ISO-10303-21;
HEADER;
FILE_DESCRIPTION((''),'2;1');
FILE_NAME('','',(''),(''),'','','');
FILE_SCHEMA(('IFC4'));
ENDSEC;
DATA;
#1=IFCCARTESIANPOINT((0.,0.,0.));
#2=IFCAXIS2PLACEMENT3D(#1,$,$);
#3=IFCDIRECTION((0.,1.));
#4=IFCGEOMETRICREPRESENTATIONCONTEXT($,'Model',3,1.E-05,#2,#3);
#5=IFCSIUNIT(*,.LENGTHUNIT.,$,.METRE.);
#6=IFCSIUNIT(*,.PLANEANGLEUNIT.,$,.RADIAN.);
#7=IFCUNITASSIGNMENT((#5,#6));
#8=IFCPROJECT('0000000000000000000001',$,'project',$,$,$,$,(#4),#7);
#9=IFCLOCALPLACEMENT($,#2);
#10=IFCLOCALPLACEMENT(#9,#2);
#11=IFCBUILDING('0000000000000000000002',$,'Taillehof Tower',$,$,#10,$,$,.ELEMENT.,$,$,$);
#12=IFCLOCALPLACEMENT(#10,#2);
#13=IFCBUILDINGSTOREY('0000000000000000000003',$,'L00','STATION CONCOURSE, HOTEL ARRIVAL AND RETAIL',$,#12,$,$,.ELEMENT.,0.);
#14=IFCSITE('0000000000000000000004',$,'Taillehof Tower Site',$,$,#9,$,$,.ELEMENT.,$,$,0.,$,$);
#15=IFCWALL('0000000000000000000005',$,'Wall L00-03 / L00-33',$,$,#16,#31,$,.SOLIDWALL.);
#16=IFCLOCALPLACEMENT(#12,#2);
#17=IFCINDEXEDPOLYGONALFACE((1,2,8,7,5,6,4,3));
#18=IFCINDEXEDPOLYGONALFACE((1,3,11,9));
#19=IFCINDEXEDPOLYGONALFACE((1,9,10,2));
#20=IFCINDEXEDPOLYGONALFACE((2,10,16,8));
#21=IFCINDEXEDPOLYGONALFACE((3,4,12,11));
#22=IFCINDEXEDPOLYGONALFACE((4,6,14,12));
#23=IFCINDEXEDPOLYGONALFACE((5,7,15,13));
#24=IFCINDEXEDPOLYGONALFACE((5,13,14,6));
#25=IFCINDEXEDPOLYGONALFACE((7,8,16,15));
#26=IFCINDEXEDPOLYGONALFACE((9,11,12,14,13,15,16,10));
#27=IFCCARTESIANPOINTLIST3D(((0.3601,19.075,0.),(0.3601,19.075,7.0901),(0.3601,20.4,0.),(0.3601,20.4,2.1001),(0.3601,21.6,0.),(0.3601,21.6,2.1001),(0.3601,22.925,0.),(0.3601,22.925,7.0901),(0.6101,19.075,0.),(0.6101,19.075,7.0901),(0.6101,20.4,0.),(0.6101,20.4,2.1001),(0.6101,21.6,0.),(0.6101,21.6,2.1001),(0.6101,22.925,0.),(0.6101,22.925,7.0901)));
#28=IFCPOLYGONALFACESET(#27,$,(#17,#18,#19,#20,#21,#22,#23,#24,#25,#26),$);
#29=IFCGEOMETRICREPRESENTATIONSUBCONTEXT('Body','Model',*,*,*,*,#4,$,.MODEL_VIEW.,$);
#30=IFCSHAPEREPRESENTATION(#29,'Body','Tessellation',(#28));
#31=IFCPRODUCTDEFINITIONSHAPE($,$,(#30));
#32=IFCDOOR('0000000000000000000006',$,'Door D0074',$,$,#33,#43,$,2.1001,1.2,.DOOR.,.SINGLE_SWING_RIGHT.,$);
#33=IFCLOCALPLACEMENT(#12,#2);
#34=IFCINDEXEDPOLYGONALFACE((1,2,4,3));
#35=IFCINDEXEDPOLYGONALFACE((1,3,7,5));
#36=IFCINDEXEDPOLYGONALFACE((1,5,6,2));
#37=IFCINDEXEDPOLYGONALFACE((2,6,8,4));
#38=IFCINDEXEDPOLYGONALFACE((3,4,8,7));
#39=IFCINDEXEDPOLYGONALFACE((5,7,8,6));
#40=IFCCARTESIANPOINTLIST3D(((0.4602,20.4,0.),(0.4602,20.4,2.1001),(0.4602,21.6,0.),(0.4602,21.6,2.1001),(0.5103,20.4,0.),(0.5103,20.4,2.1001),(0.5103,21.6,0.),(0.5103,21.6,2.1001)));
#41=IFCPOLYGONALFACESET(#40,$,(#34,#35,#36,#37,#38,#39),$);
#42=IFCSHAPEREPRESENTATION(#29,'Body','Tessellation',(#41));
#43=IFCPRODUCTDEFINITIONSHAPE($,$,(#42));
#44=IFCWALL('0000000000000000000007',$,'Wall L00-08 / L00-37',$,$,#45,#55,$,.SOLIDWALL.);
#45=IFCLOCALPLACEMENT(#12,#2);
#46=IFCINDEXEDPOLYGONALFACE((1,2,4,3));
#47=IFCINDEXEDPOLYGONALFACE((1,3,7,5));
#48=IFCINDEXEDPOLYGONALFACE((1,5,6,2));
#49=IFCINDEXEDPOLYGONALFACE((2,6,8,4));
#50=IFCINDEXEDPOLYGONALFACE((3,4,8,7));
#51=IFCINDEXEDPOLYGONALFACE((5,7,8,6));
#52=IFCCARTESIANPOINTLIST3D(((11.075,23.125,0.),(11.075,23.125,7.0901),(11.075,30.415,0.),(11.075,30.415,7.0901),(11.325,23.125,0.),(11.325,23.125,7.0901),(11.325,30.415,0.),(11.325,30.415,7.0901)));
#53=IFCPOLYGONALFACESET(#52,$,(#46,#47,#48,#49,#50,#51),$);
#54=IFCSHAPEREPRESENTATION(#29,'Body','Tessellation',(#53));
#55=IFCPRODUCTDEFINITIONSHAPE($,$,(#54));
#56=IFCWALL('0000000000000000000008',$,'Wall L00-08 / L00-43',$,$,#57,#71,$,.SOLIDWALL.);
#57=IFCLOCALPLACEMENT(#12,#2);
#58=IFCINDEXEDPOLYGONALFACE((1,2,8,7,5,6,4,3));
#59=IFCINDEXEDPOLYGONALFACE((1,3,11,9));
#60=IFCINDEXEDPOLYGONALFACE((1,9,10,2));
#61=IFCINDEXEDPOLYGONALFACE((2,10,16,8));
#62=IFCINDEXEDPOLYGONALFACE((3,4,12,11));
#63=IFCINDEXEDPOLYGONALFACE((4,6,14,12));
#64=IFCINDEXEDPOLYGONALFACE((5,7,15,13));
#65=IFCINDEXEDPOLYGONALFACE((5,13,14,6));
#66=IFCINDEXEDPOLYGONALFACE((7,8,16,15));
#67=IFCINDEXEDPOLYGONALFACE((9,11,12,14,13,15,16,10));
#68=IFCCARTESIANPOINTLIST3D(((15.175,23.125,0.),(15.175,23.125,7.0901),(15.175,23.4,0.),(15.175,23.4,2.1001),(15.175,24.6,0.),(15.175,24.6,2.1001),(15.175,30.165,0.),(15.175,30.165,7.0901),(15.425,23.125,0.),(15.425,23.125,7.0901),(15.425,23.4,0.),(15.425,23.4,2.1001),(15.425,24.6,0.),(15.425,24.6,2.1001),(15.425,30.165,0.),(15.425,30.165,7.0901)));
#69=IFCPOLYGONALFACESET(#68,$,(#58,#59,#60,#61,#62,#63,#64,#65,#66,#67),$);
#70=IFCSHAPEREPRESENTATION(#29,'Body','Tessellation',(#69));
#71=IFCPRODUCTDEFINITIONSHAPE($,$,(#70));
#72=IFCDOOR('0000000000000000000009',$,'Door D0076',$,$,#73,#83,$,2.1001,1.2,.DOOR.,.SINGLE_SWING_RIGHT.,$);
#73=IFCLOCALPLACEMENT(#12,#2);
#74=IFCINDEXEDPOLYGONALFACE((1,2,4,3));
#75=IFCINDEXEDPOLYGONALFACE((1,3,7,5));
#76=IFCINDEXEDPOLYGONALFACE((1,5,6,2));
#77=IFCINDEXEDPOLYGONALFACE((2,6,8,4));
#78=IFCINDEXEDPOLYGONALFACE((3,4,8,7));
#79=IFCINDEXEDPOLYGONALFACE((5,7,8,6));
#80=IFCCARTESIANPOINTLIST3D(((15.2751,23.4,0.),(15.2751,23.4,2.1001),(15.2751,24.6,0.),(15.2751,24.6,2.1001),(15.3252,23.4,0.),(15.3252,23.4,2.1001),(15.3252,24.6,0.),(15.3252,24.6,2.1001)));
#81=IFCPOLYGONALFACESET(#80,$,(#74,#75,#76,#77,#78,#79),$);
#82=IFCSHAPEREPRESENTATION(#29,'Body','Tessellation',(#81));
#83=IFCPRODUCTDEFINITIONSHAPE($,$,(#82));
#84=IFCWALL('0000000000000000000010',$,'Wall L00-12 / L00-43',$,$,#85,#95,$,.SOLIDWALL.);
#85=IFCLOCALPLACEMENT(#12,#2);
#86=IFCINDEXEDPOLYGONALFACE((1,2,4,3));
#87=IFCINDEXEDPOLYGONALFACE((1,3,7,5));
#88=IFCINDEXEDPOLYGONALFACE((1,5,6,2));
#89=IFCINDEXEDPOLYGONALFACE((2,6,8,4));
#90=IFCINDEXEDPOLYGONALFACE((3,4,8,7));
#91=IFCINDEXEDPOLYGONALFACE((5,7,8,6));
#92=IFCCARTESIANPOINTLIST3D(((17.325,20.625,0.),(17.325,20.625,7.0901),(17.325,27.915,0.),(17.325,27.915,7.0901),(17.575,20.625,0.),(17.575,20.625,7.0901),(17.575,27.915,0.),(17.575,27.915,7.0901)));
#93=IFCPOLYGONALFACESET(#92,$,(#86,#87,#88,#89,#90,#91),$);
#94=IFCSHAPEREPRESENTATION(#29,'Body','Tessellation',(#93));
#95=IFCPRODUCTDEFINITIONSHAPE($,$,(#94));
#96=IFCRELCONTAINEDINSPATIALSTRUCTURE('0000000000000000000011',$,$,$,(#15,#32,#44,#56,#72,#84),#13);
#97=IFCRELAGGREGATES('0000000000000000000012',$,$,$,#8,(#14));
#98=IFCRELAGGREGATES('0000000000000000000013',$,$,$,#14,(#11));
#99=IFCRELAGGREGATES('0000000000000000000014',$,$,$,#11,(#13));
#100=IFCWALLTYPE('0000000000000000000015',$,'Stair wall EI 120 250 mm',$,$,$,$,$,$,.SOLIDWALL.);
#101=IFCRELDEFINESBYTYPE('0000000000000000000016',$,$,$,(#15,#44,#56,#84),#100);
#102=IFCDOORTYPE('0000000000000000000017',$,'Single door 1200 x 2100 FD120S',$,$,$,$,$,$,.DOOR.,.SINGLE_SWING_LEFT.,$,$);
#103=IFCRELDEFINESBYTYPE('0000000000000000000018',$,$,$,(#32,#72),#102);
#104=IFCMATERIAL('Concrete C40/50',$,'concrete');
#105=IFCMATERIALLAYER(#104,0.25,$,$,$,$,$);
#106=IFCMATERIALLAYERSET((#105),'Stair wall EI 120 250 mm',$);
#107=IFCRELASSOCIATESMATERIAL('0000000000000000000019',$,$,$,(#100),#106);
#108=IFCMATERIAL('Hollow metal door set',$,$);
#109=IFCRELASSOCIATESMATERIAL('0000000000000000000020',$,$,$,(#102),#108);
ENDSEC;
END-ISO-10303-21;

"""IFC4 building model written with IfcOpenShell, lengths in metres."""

from ifc_helpers import new_model, si_unit, direction, frame, frame_2d, origin, place, context, subcontext, project, spatial, rectangle, extrude, material, layer, layer_set, type_object, element, fill, save


model = new_model("IFC4")

# Units and contexts
model_context = context("Model", 3, precision=1e-05, world=origin(), true_north=direction((0.0, 1.0)))
body_context = subcontext(model_context, "Body", "Model", "MODEL_VIEW")
ifc_project = project(units=[si_unit("LENGTHUNIT", "METRE"), si_unit("PLANEANGLEUNIT", "RADIAN")], contexts=[model_context])

# Site, building, storey
site_placement = place(None, origin())
site = spatial("IfcSite", under=ifc_project, at=site_placement, Name="Taillehof Tower Site", CompositionType="ELEMENT", RefElevation=0.0)
building_placement = place(site_placement, origin())
building = spatial("IfcBuilding", under=site, at=building_placement, Name="Taillehof Tower", CompositionType="ELEMENT")
storey_placement = place(building_placement, origin())
storey = spatial("IfcBuildingStorey", under=building, at=storey_placement, Name="L00", Description="STATION CONCOURSE, HOTEL ARRIVAL AND RETAIL", CompositionType="ELEMENT", Elevation=0.0)

# Shared definitions
ifc_material_1 = material(Name="Concrete C40/50", Category="concrete")
ifc_layer_1 = layer(ifc_material_1, 0.25)
ifc_layer_set_1 = layer_set([ifc_layer_1], Name="Stair wall EI 120 250 mm")
wall_type_1 = type_object("IfcWallType", Name="Stair wall EI 120 250 mm", PredefinedType="SOLIDWALL", material=ifc_layer_set_1)
ifc_material_2 = material(Name="Hollow metal door set")
door_type = type_object("IfcDoorType", Name="Single door 1200 x 2100 FD120S", OperationType="SINGLE_SWING_LEFT", PredefinedType="DOOR", material=ifc_material_2)

# Wall, opening, door
wall_1_placement = place(storey_placement, frame((0.4851, 19.075, 0.0), z_axis=(0.0, 0.0, 1.0), x_axis=(0.0, 1.0, 0.0)))
wall_1 = element("IfcWall", 1, at=wall_1_placement, inside=storey, type_object=wall_type_1, Name="Wall L00-03 / L00-33", PredefinedType="SOLIDWALL", context=body_context, shape_type="SweptSolid", body=[
    extrude(rectangle(XDim=3.8501, YDim=0.25, at=frame_2d((1.925, 0.0))), origin(), (0.0, 0.0, 1.0), 7.0901),
])
opening_1_placement = place(wall_1_placement, frame((1.325, 0.0, 0.0)))
opening_1 = element("IfcOpeningElement", 2, at=opening_1_placement, cuts=wall_1, PredefinedType="OPENING", context=body_context, shape_type="SweptSolid", body=[
    extrude(rectangle(XDim=1.2, YDim=2.1001, at=frame_2d((0.6001, 1.05))), frame((0.0, 0.135, 0.0), z_axis=(0.0, -1.0, 0.0), x_axis=(1.0, 0.0, 0.0)), (0.0, 0.0, 1.0), 0.27),
])
door_1_placement = place(opening_1_placement, origin())
door_1 = element("IfcDoor", 3, at=door_1_placement, inside=storey, type_object=door_type, Name="Door D0074", OperationType="SINGLE_SWING_RIGHT", OverallHeight=2.1001, OverallWidth=1.2, PredefinedType="DOOR", context=body_context, shape_type="SweptSolid", body=[
    extrude(rectangle(XDim=1.2, YDim=2.1001, at=frame_2d((0.6001, 1.05))), frame((0.0, 0.0249, 0.0), z_axis=(0.0, -1.0, 0.0), x_axis=(1.0, 0.0, 0.0)), (0.0, 0.0, 1.0), 0.05),
])
fill(opening_1, door_1)

# Wall
wall_2_placement = place(storey_placement, frame((11.2, 23.125, 0.0), z_axis=(0.0, 0.0, 1.0), x_axis=(0.0, 1.0, 0.0)))
element("IfcWall", 4, at=wall_2_placement, inside=storey, type_object=wall_type_1, Name="Wall L00-08 / L00-37", PredefinedType="SOLIDWALL", context=body_context, shape_type="SweptSolid", body=[
    extrude(rectangle(XDim=7.29, YDim=0.25, at=frame_2d((3.645, 0.0))), origin(), (0.0, 0.0, 1.0), 7.0901),
])

# Wall, opening, door
wall_3_placement = place(storey_placement, frame((15.3, 23.125, 0.0), z_axis=(0.0, 0.0, 1.0), x_axis=(0.0, 1.0, 0.0)))
wall_3 = element("IfcWall", 5, at=wall_3_placement, inside=storey, type_object=wall_type_1, Name="Wall L00-08 / L00-43", PredefinedType="SOLIDWALL", context=body_context, shape_type="SweptSolid", body=[
    extrude(rectangle(XDim=7.04, YDim=0.25, at=frame_2d((3.52, 0.0))), origin(), (0.0, 0.0, 1.0), 7.0901),
])
opening_2_placement = place(wall_3_placement, frame((0.2749, 0.0, 0.0)))
opening_2 = element("IfcOpeningElement", 6, at=opening_2_placement, cuts=wall_3, PredefinedType="OPENING", context=body_context, shape_type="SweptSolid", body=[
    extrude(rectangle(XDim=1.2, YDim=2.1001, at=frame_2d((0.6001, 1.05))), frame((0.0, 0.135, 0.0), z_axis=(0.0, -1.0, 0.0), x_axis=(1.0, 0.0, 0.0)), (0.0, 0.0, 1.0), 0.27),
])
door_2_placement = place(opening_2_placement, origin())
door_2 = element("IfcDoor", 7, at=door_2_placement, inside=storey, type_object=door_type, Name="Door D0076", OperationType="SINGLE_SWING_RIGHT", OverallHeight=2.1001, OverallWidth=1.2, PredefinedType="DOOR", context=body_context, shape_type="SweptSolid", body=[
    extrude(rectangle(XDim=1.2, YDim=2.1001, at=frame_2d((0.6001, 1.05))), frame((0.0, 0.0249, 0.0), z_axis=(0.0, -1.0, 0.0), x_axis=(1.0, 0.0, 0.0)), (0.0, 0.0, 1.0), 0.05),
])
fill(opening_2, door_2)

# Wall
wall_4_placement = place(storey_placement, frame((17.45, 20.625, 0.0), z_axis=(0.0, 0.0, 1.0), x_axis=(0.0, 1.0, 0.0)))
element("IfcWall", 8, at=wall_4_placement, inside=storey, type_object=wall_type_1, Name="Wall L00-12 / L00-43", PredefinedType="SOLIDWALL", context=body_context, shape_type="SweptSolid", body=[
    extrude(rectangle(XDim=7.29, YDim=0.25, at=frame_2d((3.645, 0.0))), origin(), (0.0, 0.0, 1.0), 7.0901),
])

save(model, "model.ifc")
